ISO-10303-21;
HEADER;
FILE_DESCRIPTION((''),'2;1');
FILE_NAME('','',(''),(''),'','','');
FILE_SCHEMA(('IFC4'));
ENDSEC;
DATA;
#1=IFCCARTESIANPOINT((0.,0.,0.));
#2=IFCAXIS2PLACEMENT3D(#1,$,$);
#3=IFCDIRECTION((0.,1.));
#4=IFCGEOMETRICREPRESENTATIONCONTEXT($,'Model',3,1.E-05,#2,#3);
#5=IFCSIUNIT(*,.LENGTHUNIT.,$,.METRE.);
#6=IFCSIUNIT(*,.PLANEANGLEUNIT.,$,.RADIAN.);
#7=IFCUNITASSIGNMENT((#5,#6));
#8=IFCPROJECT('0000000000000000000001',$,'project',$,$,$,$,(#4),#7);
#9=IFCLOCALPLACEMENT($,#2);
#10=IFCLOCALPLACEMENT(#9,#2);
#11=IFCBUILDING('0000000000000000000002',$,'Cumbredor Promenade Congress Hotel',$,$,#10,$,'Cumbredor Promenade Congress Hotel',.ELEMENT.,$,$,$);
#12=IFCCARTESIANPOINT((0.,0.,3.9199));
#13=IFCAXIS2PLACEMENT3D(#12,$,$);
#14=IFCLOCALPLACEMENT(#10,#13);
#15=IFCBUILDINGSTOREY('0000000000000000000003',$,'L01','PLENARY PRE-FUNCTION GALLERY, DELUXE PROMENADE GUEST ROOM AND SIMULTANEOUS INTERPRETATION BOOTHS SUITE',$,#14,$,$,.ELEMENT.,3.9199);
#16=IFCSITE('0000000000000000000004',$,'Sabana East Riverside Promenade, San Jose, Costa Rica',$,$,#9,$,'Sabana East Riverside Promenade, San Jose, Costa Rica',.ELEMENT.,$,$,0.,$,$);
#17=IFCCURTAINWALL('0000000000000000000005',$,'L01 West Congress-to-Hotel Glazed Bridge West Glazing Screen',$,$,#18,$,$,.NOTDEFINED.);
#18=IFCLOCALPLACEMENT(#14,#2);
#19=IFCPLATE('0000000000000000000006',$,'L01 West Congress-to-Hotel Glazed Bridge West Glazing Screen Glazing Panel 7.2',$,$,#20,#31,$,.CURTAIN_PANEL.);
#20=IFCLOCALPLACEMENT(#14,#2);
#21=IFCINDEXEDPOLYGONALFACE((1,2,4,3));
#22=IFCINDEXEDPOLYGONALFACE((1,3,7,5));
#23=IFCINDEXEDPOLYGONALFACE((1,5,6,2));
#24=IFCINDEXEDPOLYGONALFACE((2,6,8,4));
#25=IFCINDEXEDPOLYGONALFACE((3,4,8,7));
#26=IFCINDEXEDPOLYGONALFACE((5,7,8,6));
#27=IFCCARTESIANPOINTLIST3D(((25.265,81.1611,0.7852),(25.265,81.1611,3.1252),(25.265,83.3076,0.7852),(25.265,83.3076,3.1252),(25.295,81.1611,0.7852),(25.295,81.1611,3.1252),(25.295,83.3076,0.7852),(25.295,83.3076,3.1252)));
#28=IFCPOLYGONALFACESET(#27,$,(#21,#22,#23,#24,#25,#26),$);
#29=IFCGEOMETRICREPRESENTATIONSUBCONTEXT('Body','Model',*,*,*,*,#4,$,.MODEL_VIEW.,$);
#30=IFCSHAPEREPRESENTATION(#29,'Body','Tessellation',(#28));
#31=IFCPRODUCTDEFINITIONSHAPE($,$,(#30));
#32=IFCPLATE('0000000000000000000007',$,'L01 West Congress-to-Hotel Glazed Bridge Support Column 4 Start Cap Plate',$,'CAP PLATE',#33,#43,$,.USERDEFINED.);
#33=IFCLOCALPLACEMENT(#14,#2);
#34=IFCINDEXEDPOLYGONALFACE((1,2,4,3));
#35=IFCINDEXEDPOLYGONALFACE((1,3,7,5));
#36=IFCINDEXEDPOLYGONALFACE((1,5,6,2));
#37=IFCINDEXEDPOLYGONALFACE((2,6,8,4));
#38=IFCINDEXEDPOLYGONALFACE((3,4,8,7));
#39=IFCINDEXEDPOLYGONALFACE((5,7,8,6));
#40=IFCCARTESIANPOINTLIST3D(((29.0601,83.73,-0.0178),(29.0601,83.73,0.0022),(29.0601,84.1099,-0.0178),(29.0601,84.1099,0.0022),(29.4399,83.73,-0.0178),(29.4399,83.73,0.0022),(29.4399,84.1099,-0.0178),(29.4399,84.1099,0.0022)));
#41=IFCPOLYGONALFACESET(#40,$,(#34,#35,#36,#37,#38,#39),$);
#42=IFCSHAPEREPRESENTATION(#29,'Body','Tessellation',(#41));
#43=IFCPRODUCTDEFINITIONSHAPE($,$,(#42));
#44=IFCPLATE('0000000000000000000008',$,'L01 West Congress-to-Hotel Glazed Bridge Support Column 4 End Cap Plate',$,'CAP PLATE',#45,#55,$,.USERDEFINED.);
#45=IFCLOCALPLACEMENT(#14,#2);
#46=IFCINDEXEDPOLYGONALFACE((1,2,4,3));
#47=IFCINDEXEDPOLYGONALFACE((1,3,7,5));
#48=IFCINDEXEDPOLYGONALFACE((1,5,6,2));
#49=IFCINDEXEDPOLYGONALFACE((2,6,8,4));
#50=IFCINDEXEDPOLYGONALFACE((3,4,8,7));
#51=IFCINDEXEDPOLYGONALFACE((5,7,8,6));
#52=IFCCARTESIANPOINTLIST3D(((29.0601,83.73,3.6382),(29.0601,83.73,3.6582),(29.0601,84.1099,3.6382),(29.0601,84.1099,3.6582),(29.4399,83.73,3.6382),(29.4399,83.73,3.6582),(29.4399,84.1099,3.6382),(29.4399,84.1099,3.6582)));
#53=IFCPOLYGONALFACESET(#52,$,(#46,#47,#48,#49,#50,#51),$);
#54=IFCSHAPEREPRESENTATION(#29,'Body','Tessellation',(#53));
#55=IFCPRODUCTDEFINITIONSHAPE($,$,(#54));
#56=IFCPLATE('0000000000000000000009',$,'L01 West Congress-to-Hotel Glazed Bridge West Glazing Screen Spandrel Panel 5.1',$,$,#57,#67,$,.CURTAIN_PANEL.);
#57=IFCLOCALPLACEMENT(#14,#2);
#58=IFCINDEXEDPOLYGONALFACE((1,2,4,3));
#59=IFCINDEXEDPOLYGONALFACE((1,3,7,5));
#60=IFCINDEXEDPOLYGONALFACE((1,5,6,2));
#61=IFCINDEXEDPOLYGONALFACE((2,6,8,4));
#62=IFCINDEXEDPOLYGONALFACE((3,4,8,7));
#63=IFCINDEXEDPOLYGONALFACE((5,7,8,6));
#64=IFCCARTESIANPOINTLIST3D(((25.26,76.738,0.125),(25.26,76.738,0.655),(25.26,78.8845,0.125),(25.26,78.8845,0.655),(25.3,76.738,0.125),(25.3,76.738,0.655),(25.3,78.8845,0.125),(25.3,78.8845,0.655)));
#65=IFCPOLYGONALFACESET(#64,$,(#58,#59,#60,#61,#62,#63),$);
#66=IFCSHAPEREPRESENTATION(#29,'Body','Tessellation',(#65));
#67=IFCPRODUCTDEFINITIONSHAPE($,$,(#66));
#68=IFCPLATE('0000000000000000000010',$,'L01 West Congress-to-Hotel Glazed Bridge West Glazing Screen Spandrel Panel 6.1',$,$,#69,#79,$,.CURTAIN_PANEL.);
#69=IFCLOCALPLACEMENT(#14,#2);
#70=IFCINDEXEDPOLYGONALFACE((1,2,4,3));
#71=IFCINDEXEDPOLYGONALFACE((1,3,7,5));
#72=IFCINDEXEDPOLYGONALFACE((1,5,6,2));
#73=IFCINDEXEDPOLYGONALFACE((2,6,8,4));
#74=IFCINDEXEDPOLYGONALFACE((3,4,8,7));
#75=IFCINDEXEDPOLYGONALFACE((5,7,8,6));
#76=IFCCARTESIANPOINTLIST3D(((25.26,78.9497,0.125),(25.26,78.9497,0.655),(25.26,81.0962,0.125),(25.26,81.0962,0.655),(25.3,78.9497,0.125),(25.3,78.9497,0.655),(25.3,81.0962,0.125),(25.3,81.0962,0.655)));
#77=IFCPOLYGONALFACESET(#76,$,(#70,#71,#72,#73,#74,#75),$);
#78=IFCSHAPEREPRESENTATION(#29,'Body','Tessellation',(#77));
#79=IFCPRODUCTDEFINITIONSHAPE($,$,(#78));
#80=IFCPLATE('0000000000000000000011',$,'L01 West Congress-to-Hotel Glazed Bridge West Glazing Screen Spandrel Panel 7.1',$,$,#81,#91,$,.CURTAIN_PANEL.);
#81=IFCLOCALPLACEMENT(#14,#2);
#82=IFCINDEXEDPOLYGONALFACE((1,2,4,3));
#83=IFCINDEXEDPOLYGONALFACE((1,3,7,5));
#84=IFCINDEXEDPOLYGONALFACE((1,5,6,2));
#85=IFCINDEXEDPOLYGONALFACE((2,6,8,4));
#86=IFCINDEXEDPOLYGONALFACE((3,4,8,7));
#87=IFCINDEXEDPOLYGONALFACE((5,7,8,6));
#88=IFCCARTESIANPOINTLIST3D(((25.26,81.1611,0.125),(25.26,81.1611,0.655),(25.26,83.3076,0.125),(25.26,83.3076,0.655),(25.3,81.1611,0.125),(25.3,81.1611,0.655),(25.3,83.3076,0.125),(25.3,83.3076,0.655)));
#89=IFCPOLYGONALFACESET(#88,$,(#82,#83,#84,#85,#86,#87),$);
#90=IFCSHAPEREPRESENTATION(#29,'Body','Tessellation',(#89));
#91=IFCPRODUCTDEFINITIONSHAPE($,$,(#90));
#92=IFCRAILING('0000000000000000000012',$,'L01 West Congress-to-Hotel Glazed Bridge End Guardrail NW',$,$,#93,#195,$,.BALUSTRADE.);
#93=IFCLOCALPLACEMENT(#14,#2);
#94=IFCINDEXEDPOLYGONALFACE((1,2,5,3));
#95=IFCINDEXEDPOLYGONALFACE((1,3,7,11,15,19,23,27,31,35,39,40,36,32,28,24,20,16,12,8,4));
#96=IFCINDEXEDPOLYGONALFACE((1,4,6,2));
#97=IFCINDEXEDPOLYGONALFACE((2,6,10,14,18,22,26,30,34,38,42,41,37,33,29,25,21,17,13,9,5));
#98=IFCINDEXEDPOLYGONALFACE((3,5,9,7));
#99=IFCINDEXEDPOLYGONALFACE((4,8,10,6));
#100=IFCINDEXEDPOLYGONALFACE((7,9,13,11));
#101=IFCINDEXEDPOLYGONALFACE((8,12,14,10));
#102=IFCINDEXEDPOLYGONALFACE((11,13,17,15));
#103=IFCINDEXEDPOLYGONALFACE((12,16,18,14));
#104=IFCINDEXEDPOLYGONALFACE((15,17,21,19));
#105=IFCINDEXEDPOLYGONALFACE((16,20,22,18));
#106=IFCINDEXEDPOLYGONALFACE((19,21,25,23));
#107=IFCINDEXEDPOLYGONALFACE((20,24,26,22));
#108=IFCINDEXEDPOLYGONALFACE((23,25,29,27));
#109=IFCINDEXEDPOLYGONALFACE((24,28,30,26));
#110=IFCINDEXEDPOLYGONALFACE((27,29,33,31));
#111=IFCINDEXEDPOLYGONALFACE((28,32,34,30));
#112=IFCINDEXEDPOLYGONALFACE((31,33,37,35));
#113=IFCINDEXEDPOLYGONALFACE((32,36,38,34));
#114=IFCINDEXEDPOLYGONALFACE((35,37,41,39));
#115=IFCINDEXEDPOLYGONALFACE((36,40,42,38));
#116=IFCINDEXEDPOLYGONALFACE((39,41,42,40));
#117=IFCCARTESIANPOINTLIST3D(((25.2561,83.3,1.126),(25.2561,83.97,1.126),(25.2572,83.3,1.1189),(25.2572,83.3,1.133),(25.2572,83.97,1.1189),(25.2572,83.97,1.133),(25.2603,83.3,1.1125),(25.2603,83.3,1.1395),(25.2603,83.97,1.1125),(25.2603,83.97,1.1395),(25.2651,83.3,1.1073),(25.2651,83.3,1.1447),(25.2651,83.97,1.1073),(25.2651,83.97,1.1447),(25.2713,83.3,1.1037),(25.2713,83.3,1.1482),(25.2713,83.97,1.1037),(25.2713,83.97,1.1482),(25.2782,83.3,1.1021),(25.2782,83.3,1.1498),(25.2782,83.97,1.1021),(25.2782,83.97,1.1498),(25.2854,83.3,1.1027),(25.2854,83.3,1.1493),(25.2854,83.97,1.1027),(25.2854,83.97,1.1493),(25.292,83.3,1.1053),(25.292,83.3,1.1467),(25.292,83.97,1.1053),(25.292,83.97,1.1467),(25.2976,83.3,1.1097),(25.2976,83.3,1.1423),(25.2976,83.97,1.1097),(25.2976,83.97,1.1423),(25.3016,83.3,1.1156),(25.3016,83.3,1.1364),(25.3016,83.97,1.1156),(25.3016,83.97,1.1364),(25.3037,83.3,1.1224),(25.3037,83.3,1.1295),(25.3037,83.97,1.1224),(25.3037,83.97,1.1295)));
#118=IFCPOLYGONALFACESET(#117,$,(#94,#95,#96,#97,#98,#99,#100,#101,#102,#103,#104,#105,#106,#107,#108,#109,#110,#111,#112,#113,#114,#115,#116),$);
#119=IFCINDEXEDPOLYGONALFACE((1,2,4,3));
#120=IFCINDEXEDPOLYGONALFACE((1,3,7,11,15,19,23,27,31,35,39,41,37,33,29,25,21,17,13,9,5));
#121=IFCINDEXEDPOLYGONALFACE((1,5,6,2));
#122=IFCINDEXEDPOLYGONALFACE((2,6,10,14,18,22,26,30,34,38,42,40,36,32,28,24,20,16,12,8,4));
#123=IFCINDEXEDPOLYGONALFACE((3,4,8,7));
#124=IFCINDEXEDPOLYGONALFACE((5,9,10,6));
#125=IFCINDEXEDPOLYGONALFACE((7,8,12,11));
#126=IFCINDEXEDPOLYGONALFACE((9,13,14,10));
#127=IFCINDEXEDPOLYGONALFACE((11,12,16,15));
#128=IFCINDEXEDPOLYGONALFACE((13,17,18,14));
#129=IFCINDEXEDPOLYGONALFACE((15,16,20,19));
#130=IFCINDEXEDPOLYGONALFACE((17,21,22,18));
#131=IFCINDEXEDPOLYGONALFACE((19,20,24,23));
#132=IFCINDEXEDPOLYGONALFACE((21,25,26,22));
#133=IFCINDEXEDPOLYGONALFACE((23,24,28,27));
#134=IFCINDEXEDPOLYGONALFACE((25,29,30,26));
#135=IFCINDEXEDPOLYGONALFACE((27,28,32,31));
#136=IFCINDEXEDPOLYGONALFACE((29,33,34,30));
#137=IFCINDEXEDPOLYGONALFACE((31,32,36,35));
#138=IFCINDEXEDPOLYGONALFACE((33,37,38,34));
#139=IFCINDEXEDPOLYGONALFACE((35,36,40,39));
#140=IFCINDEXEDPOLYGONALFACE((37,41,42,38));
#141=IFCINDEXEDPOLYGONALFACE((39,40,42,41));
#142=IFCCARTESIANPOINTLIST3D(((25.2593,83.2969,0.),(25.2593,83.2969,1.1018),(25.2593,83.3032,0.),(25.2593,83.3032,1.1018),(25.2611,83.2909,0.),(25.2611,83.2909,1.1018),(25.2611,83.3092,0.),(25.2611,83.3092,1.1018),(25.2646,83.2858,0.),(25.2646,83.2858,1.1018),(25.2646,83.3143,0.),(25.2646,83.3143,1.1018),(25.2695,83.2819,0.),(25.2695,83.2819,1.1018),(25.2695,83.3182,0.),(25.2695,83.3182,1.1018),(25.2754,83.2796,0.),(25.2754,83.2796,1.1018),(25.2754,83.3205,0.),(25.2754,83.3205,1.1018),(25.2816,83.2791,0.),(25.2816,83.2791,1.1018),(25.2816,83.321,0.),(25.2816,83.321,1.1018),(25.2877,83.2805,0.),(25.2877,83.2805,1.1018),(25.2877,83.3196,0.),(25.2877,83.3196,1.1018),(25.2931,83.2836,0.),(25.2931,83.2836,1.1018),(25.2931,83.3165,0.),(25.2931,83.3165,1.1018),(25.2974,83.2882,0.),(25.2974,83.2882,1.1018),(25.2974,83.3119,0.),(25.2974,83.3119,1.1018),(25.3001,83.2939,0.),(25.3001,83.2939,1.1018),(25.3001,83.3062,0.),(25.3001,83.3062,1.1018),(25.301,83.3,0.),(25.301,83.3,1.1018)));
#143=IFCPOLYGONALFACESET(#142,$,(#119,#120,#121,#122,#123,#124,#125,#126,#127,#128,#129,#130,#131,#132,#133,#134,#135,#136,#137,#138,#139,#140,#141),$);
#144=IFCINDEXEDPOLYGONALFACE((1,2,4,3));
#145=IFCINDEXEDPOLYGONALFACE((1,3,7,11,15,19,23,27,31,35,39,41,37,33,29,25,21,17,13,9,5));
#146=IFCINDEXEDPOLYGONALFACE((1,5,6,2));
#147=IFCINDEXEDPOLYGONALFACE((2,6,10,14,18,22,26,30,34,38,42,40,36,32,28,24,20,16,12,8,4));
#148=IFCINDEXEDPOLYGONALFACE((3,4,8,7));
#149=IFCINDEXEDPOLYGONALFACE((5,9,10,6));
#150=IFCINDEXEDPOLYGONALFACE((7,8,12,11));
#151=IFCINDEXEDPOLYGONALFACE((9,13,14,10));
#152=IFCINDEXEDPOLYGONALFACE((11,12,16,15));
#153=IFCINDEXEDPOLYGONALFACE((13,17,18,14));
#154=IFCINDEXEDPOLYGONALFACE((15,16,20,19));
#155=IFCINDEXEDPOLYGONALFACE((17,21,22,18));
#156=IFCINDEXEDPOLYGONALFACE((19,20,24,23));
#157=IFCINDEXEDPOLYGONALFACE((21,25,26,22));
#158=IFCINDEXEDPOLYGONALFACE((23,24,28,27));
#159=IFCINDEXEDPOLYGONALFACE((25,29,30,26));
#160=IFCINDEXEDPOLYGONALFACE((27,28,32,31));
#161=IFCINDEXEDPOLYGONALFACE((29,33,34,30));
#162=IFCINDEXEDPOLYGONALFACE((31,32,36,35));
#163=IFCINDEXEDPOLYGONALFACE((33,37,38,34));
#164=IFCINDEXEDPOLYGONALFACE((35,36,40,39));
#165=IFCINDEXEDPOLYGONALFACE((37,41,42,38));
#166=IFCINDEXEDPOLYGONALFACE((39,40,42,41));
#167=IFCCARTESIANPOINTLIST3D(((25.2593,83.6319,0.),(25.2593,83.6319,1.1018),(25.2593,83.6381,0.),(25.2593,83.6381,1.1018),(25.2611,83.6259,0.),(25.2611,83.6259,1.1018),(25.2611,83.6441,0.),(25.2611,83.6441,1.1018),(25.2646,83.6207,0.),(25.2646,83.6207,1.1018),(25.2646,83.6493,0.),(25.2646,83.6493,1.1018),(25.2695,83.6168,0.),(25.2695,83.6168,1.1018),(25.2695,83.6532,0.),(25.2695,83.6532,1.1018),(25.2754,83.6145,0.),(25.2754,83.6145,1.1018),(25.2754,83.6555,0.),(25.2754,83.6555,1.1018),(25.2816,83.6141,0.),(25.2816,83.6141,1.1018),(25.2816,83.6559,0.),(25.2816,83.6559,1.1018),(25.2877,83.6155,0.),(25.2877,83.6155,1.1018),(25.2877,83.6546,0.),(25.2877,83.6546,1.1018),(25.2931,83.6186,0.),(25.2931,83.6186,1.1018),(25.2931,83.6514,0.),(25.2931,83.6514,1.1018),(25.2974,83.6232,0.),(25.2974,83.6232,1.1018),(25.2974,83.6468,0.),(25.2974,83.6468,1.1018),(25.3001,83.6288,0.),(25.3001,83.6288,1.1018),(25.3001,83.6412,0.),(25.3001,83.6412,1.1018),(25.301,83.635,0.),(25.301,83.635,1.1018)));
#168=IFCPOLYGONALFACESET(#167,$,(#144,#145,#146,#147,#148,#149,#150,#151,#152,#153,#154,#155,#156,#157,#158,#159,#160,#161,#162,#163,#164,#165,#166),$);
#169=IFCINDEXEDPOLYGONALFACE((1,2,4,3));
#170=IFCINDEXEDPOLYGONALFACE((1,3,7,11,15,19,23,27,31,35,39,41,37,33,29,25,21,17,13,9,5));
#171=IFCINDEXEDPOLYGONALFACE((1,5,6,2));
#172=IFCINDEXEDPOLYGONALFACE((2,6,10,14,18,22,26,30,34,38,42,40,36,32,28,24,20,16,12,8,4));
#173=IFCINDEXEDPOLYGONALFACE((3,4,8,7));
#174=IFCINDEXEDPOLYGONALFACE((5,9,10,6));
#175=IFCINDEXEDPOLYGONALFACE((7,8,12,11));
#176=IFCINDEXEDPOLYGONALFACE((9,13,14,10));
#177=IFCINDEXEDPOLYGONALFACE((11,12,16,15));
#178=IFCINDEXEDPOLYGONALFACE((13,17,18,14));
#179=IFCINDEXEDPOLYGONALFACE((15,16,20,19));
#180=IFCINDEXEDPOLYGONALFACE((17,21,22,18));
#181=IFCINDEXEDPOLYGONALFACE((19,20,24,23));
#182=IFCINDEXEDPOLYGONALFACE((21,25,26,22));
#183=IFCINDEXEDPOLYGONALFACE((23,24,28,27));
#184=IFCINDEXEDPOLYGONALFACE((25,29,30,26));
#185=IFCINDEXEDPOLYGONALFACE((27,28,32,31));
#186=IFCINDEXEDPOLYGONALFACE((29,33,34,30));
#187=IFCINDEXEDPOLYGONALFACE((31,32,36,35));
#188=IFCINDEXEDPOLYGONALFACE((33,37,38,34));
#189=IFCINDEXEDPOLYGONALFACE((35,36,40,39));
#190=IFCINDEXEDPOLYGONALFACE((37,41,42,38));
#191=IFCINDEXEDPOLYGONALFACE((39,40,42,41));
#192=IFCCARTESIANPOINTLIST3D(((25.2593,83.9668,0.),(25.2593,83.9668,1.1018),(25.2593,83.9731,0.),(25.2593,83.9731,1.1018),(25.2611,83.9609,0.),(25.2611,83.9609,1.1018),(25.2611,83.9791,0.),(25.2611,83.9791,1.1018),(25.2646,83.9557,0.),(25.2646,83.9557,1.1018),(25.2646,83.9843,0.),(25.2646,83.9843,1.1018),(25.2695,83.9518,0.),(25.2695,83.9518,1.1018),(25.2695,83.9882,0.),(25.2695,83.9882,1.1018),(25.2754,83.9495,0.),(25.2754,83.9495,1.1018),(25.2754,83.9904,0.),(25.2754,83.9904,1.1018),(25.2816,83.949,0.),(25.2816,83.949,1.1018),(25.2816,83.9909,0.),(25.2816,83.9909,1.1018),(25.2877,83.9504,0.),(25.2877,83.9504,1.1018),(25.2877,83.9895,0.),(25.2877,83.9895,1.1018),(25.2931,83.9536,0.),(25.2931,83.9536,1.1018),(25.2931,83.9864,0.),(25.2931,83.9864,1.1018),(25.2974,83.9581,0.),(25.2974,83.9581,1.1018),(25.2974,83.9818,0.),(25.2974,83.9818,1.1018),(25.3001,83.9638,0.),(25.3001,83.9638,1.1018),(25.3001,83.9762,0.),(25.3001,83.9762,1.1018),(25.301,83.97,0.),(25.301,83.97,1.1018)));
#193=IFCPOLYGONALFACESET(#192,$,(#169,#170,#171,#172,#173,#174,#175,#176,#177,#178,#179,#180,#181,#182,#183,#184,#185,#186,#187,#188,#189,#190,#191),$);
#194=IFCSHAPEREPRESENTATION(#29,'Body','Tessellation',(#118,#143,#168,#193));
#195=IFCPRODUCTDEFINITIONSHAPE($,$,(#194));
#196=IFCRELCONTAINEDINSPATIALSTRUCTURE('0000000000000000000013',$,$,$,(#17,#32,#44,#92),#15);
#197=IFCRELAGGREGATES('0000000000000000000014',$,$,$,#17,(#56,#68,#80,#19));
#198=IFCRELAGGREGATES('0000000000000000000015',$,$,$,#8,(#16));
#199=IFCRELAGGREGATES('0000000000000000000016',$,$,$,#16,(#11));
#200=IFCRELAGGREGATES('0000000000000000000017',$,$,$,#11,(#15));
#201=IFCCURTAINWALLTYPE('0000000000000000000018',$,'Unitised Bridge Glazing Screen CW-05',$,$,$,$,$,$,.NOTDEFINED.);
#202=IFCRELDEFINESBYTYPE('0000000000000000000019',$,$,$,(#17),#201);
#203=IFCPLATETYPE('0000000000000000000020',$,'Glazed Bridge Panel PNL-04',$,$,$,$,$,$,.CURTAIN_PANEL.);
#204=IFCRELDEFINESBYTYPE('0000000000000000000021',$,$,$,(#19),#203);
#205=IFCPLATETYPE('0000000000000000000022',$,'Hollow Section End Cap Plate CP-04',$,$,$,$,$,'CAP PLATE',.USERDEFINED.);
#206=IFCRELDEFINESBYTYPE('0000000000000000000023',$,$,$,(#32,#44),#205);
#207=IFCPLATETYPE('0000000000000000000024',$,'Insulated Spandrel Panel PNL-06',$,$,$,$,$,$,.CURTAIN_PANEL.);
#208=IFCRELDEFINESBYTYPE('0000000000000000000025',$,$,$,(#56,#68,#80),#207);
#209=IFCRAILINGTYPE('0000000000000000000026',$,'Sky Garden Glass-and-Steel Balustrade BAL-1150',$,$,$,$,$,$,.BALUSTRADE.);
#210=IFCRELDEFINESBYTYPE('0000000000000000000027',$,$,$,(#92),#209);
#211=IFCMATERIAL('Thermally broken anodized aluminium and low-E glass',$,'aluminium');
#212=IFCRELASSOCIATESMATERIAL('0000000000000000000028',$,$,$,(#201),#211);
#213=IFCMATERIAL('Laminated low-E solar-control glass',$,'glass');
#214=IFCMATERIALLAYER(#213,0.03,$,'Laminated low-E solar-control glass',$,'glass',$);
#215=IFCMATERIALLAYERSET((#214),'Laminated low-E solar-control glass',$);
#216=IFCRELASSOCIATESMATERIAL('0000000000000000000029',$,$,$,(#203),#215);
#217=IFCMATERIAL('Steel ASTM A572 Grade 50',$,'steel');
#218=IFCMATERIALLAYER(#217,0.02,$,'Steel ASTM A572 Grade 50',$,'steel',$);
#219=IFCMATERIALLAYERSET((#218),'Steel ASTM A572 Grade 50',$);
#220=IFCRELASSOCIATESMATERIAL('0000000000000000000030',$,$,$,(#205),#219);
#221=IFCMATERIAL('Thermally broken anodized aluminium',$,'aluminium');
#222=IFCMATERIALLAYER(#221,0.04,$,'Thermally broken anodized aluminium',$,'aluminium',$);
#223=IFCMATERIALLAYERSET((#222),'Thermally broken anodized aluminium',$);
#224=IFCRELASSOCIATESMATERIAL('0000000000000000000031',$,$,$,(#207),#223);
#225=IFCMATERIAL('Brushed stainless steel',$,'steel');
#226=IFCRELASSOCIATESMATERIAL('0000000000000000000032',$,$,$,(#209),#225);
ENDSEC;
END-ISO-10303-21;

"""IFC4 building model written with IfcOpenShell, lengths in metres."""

from ifc_helpers import new_model, si_unit, direction, frame, origin, origin_2d, place, context, subcontext, project, spatial, rectangle, circle, extrude, material, layer, layer_set, type_object, element, aggregate, save


model = new_model("IFC4")

# Units and contexts
model_context = context("Model", 3, precision=1e-05, world=origin(), true_north=direction((0.0, 1.0)))
body_context = subcontext(model_context, "Body", "Model", "MODEL_VIEW")
ifc_project = project(units=[si_unit("LENGTHUNIT", "METRE"), si_unit("PLANEANGLEUNIT", "RADIAN")], contexts=[model_context])

# Site, building, storey
site_placement = place(None, origin())
site = spatial("IfcSite", under=ifc_project, at=site_placement, Name="Sabana East Riverside Promenade, San Jose, Costa Rica", LongName="Sabana East Riverside Promenade, San Jose, Costa Rica", CompositionType="ELEMENT", RefElevation=0.0)
building_placement = place(site_placement, origin())
building = spatial("IfcBuilding", under=site, at=building_placement, Name="Cumbredor Promenade Congress Hotel", LongName="Cumbredor Promenade Congress Hotel", CompositionType="ELEMENT")
storey_placement = place(building_placement, frame((0.0, 0.0, 3.9199)))
storey = spatial("IfcBuildingStorey", under=building, at=storey_placement, Name="L01", Description="PLENARY PRE-FUNCTION GALLERY, DELUXE PROMENADE GUEST ROOM AND SIMULTANEOUS INTERPRETATION BOOTHS SUITE", CompositionType="ELEMENT", Elevation=3.9199)

# Curtain wall
ifc_material_1 = material(Name="Thermally broken anodized aluminium and low-E glass", Category="aluminium")
curtain_wall_type = type_object("IfcCurtainWallType", Name="Unitised Bridge Glazing Screen CW-05", PredefinedType="NOTDEFINED", material=ifc_material_1)
curtain_wall_placement = place(storey_placement, origin())
curtain_wall = element("IfcCurtainWall", 1, at=curtain_wall_placement, inside=storey, type_object=curtain_wall_type, Name="L01 West Congress-to-Hotel Glazed Bridge West Glazing Screen", PredefinedType="NOTDEFINED")
ifc_material_2 = material(Name="Thermally broken anodized aluminium", Category="aluminium")

# Plate
ifc_material_3 = material(Name="Laminated low-E solar-control glass", Category="glass")
ifc_layer_1 = layer(ifc_material_3, 0.03, Name="Laminated low-E solar-control glass", Category="glass")
ifc_layer_set_1 = layer_set([ifc_layer_1], Name="Laminated low-E solar-control glass")
plate_type_1 = type_object("IfcPlateType", Name="Glazed Bridge Panel PNL-04", PredefinedType="CURTAIN_PANEL", material=ifc_layer_set_1)
plate_1_placement = place(storey_placement, frame((25.28, 82.2344, 0.7852), z_axis=(0.0, 0.0, 1.0), x_axis=(0.0, 1.0, 0.0)))
plate_1 = element("IfcPlate", 2, at=plate_1_placement, type_object=plate_type_1, Name="L01 West Congress-to-Hotel Glazed Bridge West Glazing Screen Glazing Panel 7.2", PredefinedType="CURTAIN_PANEL", context=body_context, shape_type="SweptSolid", body=[
    extrude(rectangle(XDim=2.1465, YDim=0.03, at=origin_2d()), origin(), (0.0, 0.0, 1.0), 2.3401),
])

# Plates
ifc_material_4 = material(Name="Steel ASTM A572 Grade 50", Category="steel")
ifc_layer_2 = layer(ifc_material_4, 0.02, Name="Steel ASTM A572 Grade 50", Category="steel")
ifc_layer_set_2 = layer_set([ifc_layer_2], Name="Steel ASTM A572 Grade 50")
plate_type_2 = type_object("IfcPlateType", Name="Hollow Section End Cap Plate CP-04", ElementType="CAP PLATE", PredefinedType="USERDEFINED", material=ifc_layer_set_2)
for number, where, z_axis, x_axis, name in (
    (3, (29.25, 83.9199, -0.0178), (0.0, 0.0, 1.0), (1.0, 0.0, 0.0), "L01 West Congress-to-Hotel Glazed Bridge Support Column 4 Start Cap Plate"),
    (4, (29.25, 83.9199, 3.6382), (0.0, 0.0, 1.0), (1.0, 0.0, 0.0), "L01 West Congress-to-Hotel Glazed Bridge Support Column 4 End Cap Plate"),
):
    element("IfcPlate", number, at=place(storey_placement, frame(where, z_axis=z_axis, x_axis=x_axis)), inside=storey, type_object=plate_type_2, Name=name, ObjectType="CAP PLATE", PredefinedType="USERDEFINED", context=body_context, shape_type="SweptSolid", body=[
        extrude(rectangle(XDim=0.3799, YDim=0.3799, at=origin_2d()), origin(), (0.0, 0.0, 1.0), 0.02),
    ])

# Plates
ifc_layer_3 = layer(ifc_material_2, 0.04, Name="Thermally broken anodized aluminium", Category="aluminium")
ifc_layer_set_3 = layer_set([ifc_layer_3], Name="Thermally broken anodized aluminium")
plate_type_3 = type_object("IfcPlateType", Name="Insulated Spandrel Panel PNL-06", PredefinedType="CURTAIN_PANEL", material=ifc_layer_set_3)
plate_2_placement = place(storey_placement, frame((25.28, 77.8113, 0.125), z_axis=(0.0, 0.0, 1.0), x_axis=(0.0, 1.0, 0.0)))
plate_2 = element("IfcPlate", 5, at=plate_2_placement, type_object=plate_type_3, Name="L01 West Congress-to-Hotel Glazed Bridge West Glazing Screen Spandrel Panel 5.1", PredefinedType="CURTAIN_PANEL", context=body_context, shape_type="SweptSolid", body=[
    extrude(rectangle(XDim=2.1465, YDim=0.04, at=origin_2d()), origin(), (0.0, 0.0, 1.0), 0.53),
])
plate_3_placement = place(storey_placement, frame((25.28, 80.0229, 0.125), z_axis=(0.0, 0.0, 1.0), x_axis=(0.0, 1.0, 0.0)))
plate_3 = element("IfcPlate", 6, at=plate_3_placement, type_object=plate_type_3, Name="L01 West Congress-to-Hotel Glazed Bridge West Glazing Screen Spandrel Panel 6.1", PredefinedType="CURTAIN_PANEL", context=body_context, shape_type="SweptSolid", body=[
    extrude(rectangle(XDim=2.1465, YDim=0.04, at=origin_2d()), origin(), (0.0, 0.0, 1.0), 0.53),
])
plate_4_placement = place(storey_placement, frame((25.28, 82.2344, 0.125), z_axis=(0.0, 0.0, 1.0), x_axis=(0.0, 1.0, 0.0)))
plate_4 = element("IfcPlate", 7, at=plate_4_placement, type_object=plate_type_3, Name="L01 West Congress-to-Hotel Glazed Bridge West Glazing Screen Spandrel Panel 7.1", PredefinedType="CURTAIN_PANEL", context=body_context, shape_type="SweptSolid", body=[
    extrude(rectangle(XDim=2.1465, YDim=0.04, at=origin_2d()), origin(), (0.0, 0.0, 1.0), 0.53),
])
aggregate(curtain_wall, [plate_2, plate_3, plate_4, plate_1])

# Railing
ifc_material_5 = material(Name="Brushed stainless steel", Category="steel")
railing_type = type_object("IfcRailingType", Name="Sky Garden Glass-and-Steel Balustrade BAL-1150", PredefinedType="BALUSTRADE", material=ifc_material_5)
railing_placement = place(storey_placement, frame((25.28, 83.3, 0.0)))
element("IfcRailing", 8, at=railing_placement, inside=storey, type_object=railing_type, Name="L01 West Congress-to-Hotel Glazed Bridge End Guardrail NW", PredefinedType="BALUSTRADE", context=body_context, shape_type="SweptSolid", body=[
    extrude(circle(Radius=0.0239, at=origin_2d()), frame((0.0, 0.0, 1.126), z_axis=(0.0, 1.0, 0.0), x_axis=(-1.0, 0.0, 0.0)), (0.0, 0.0, 1.0), 0.6699),
    extrude(circle(Radius=0.021, at=origin_2d()), origin(), (0.0, 0.0, 1.0), 1.1018),
    extrude(circle(Radius=0.021, at=origin_2d()), frame((0.0, 0.335, 0.0)), (0.0, 0.0, 1.0), 1.1018),
    extrude(circle(Radius=0.021, at=origin_2d()), frame((0.0, 0.6699, 0.0)), (0.0, 0.0, 1.0), 1.1018),
])

save(model, "model.ifc")
